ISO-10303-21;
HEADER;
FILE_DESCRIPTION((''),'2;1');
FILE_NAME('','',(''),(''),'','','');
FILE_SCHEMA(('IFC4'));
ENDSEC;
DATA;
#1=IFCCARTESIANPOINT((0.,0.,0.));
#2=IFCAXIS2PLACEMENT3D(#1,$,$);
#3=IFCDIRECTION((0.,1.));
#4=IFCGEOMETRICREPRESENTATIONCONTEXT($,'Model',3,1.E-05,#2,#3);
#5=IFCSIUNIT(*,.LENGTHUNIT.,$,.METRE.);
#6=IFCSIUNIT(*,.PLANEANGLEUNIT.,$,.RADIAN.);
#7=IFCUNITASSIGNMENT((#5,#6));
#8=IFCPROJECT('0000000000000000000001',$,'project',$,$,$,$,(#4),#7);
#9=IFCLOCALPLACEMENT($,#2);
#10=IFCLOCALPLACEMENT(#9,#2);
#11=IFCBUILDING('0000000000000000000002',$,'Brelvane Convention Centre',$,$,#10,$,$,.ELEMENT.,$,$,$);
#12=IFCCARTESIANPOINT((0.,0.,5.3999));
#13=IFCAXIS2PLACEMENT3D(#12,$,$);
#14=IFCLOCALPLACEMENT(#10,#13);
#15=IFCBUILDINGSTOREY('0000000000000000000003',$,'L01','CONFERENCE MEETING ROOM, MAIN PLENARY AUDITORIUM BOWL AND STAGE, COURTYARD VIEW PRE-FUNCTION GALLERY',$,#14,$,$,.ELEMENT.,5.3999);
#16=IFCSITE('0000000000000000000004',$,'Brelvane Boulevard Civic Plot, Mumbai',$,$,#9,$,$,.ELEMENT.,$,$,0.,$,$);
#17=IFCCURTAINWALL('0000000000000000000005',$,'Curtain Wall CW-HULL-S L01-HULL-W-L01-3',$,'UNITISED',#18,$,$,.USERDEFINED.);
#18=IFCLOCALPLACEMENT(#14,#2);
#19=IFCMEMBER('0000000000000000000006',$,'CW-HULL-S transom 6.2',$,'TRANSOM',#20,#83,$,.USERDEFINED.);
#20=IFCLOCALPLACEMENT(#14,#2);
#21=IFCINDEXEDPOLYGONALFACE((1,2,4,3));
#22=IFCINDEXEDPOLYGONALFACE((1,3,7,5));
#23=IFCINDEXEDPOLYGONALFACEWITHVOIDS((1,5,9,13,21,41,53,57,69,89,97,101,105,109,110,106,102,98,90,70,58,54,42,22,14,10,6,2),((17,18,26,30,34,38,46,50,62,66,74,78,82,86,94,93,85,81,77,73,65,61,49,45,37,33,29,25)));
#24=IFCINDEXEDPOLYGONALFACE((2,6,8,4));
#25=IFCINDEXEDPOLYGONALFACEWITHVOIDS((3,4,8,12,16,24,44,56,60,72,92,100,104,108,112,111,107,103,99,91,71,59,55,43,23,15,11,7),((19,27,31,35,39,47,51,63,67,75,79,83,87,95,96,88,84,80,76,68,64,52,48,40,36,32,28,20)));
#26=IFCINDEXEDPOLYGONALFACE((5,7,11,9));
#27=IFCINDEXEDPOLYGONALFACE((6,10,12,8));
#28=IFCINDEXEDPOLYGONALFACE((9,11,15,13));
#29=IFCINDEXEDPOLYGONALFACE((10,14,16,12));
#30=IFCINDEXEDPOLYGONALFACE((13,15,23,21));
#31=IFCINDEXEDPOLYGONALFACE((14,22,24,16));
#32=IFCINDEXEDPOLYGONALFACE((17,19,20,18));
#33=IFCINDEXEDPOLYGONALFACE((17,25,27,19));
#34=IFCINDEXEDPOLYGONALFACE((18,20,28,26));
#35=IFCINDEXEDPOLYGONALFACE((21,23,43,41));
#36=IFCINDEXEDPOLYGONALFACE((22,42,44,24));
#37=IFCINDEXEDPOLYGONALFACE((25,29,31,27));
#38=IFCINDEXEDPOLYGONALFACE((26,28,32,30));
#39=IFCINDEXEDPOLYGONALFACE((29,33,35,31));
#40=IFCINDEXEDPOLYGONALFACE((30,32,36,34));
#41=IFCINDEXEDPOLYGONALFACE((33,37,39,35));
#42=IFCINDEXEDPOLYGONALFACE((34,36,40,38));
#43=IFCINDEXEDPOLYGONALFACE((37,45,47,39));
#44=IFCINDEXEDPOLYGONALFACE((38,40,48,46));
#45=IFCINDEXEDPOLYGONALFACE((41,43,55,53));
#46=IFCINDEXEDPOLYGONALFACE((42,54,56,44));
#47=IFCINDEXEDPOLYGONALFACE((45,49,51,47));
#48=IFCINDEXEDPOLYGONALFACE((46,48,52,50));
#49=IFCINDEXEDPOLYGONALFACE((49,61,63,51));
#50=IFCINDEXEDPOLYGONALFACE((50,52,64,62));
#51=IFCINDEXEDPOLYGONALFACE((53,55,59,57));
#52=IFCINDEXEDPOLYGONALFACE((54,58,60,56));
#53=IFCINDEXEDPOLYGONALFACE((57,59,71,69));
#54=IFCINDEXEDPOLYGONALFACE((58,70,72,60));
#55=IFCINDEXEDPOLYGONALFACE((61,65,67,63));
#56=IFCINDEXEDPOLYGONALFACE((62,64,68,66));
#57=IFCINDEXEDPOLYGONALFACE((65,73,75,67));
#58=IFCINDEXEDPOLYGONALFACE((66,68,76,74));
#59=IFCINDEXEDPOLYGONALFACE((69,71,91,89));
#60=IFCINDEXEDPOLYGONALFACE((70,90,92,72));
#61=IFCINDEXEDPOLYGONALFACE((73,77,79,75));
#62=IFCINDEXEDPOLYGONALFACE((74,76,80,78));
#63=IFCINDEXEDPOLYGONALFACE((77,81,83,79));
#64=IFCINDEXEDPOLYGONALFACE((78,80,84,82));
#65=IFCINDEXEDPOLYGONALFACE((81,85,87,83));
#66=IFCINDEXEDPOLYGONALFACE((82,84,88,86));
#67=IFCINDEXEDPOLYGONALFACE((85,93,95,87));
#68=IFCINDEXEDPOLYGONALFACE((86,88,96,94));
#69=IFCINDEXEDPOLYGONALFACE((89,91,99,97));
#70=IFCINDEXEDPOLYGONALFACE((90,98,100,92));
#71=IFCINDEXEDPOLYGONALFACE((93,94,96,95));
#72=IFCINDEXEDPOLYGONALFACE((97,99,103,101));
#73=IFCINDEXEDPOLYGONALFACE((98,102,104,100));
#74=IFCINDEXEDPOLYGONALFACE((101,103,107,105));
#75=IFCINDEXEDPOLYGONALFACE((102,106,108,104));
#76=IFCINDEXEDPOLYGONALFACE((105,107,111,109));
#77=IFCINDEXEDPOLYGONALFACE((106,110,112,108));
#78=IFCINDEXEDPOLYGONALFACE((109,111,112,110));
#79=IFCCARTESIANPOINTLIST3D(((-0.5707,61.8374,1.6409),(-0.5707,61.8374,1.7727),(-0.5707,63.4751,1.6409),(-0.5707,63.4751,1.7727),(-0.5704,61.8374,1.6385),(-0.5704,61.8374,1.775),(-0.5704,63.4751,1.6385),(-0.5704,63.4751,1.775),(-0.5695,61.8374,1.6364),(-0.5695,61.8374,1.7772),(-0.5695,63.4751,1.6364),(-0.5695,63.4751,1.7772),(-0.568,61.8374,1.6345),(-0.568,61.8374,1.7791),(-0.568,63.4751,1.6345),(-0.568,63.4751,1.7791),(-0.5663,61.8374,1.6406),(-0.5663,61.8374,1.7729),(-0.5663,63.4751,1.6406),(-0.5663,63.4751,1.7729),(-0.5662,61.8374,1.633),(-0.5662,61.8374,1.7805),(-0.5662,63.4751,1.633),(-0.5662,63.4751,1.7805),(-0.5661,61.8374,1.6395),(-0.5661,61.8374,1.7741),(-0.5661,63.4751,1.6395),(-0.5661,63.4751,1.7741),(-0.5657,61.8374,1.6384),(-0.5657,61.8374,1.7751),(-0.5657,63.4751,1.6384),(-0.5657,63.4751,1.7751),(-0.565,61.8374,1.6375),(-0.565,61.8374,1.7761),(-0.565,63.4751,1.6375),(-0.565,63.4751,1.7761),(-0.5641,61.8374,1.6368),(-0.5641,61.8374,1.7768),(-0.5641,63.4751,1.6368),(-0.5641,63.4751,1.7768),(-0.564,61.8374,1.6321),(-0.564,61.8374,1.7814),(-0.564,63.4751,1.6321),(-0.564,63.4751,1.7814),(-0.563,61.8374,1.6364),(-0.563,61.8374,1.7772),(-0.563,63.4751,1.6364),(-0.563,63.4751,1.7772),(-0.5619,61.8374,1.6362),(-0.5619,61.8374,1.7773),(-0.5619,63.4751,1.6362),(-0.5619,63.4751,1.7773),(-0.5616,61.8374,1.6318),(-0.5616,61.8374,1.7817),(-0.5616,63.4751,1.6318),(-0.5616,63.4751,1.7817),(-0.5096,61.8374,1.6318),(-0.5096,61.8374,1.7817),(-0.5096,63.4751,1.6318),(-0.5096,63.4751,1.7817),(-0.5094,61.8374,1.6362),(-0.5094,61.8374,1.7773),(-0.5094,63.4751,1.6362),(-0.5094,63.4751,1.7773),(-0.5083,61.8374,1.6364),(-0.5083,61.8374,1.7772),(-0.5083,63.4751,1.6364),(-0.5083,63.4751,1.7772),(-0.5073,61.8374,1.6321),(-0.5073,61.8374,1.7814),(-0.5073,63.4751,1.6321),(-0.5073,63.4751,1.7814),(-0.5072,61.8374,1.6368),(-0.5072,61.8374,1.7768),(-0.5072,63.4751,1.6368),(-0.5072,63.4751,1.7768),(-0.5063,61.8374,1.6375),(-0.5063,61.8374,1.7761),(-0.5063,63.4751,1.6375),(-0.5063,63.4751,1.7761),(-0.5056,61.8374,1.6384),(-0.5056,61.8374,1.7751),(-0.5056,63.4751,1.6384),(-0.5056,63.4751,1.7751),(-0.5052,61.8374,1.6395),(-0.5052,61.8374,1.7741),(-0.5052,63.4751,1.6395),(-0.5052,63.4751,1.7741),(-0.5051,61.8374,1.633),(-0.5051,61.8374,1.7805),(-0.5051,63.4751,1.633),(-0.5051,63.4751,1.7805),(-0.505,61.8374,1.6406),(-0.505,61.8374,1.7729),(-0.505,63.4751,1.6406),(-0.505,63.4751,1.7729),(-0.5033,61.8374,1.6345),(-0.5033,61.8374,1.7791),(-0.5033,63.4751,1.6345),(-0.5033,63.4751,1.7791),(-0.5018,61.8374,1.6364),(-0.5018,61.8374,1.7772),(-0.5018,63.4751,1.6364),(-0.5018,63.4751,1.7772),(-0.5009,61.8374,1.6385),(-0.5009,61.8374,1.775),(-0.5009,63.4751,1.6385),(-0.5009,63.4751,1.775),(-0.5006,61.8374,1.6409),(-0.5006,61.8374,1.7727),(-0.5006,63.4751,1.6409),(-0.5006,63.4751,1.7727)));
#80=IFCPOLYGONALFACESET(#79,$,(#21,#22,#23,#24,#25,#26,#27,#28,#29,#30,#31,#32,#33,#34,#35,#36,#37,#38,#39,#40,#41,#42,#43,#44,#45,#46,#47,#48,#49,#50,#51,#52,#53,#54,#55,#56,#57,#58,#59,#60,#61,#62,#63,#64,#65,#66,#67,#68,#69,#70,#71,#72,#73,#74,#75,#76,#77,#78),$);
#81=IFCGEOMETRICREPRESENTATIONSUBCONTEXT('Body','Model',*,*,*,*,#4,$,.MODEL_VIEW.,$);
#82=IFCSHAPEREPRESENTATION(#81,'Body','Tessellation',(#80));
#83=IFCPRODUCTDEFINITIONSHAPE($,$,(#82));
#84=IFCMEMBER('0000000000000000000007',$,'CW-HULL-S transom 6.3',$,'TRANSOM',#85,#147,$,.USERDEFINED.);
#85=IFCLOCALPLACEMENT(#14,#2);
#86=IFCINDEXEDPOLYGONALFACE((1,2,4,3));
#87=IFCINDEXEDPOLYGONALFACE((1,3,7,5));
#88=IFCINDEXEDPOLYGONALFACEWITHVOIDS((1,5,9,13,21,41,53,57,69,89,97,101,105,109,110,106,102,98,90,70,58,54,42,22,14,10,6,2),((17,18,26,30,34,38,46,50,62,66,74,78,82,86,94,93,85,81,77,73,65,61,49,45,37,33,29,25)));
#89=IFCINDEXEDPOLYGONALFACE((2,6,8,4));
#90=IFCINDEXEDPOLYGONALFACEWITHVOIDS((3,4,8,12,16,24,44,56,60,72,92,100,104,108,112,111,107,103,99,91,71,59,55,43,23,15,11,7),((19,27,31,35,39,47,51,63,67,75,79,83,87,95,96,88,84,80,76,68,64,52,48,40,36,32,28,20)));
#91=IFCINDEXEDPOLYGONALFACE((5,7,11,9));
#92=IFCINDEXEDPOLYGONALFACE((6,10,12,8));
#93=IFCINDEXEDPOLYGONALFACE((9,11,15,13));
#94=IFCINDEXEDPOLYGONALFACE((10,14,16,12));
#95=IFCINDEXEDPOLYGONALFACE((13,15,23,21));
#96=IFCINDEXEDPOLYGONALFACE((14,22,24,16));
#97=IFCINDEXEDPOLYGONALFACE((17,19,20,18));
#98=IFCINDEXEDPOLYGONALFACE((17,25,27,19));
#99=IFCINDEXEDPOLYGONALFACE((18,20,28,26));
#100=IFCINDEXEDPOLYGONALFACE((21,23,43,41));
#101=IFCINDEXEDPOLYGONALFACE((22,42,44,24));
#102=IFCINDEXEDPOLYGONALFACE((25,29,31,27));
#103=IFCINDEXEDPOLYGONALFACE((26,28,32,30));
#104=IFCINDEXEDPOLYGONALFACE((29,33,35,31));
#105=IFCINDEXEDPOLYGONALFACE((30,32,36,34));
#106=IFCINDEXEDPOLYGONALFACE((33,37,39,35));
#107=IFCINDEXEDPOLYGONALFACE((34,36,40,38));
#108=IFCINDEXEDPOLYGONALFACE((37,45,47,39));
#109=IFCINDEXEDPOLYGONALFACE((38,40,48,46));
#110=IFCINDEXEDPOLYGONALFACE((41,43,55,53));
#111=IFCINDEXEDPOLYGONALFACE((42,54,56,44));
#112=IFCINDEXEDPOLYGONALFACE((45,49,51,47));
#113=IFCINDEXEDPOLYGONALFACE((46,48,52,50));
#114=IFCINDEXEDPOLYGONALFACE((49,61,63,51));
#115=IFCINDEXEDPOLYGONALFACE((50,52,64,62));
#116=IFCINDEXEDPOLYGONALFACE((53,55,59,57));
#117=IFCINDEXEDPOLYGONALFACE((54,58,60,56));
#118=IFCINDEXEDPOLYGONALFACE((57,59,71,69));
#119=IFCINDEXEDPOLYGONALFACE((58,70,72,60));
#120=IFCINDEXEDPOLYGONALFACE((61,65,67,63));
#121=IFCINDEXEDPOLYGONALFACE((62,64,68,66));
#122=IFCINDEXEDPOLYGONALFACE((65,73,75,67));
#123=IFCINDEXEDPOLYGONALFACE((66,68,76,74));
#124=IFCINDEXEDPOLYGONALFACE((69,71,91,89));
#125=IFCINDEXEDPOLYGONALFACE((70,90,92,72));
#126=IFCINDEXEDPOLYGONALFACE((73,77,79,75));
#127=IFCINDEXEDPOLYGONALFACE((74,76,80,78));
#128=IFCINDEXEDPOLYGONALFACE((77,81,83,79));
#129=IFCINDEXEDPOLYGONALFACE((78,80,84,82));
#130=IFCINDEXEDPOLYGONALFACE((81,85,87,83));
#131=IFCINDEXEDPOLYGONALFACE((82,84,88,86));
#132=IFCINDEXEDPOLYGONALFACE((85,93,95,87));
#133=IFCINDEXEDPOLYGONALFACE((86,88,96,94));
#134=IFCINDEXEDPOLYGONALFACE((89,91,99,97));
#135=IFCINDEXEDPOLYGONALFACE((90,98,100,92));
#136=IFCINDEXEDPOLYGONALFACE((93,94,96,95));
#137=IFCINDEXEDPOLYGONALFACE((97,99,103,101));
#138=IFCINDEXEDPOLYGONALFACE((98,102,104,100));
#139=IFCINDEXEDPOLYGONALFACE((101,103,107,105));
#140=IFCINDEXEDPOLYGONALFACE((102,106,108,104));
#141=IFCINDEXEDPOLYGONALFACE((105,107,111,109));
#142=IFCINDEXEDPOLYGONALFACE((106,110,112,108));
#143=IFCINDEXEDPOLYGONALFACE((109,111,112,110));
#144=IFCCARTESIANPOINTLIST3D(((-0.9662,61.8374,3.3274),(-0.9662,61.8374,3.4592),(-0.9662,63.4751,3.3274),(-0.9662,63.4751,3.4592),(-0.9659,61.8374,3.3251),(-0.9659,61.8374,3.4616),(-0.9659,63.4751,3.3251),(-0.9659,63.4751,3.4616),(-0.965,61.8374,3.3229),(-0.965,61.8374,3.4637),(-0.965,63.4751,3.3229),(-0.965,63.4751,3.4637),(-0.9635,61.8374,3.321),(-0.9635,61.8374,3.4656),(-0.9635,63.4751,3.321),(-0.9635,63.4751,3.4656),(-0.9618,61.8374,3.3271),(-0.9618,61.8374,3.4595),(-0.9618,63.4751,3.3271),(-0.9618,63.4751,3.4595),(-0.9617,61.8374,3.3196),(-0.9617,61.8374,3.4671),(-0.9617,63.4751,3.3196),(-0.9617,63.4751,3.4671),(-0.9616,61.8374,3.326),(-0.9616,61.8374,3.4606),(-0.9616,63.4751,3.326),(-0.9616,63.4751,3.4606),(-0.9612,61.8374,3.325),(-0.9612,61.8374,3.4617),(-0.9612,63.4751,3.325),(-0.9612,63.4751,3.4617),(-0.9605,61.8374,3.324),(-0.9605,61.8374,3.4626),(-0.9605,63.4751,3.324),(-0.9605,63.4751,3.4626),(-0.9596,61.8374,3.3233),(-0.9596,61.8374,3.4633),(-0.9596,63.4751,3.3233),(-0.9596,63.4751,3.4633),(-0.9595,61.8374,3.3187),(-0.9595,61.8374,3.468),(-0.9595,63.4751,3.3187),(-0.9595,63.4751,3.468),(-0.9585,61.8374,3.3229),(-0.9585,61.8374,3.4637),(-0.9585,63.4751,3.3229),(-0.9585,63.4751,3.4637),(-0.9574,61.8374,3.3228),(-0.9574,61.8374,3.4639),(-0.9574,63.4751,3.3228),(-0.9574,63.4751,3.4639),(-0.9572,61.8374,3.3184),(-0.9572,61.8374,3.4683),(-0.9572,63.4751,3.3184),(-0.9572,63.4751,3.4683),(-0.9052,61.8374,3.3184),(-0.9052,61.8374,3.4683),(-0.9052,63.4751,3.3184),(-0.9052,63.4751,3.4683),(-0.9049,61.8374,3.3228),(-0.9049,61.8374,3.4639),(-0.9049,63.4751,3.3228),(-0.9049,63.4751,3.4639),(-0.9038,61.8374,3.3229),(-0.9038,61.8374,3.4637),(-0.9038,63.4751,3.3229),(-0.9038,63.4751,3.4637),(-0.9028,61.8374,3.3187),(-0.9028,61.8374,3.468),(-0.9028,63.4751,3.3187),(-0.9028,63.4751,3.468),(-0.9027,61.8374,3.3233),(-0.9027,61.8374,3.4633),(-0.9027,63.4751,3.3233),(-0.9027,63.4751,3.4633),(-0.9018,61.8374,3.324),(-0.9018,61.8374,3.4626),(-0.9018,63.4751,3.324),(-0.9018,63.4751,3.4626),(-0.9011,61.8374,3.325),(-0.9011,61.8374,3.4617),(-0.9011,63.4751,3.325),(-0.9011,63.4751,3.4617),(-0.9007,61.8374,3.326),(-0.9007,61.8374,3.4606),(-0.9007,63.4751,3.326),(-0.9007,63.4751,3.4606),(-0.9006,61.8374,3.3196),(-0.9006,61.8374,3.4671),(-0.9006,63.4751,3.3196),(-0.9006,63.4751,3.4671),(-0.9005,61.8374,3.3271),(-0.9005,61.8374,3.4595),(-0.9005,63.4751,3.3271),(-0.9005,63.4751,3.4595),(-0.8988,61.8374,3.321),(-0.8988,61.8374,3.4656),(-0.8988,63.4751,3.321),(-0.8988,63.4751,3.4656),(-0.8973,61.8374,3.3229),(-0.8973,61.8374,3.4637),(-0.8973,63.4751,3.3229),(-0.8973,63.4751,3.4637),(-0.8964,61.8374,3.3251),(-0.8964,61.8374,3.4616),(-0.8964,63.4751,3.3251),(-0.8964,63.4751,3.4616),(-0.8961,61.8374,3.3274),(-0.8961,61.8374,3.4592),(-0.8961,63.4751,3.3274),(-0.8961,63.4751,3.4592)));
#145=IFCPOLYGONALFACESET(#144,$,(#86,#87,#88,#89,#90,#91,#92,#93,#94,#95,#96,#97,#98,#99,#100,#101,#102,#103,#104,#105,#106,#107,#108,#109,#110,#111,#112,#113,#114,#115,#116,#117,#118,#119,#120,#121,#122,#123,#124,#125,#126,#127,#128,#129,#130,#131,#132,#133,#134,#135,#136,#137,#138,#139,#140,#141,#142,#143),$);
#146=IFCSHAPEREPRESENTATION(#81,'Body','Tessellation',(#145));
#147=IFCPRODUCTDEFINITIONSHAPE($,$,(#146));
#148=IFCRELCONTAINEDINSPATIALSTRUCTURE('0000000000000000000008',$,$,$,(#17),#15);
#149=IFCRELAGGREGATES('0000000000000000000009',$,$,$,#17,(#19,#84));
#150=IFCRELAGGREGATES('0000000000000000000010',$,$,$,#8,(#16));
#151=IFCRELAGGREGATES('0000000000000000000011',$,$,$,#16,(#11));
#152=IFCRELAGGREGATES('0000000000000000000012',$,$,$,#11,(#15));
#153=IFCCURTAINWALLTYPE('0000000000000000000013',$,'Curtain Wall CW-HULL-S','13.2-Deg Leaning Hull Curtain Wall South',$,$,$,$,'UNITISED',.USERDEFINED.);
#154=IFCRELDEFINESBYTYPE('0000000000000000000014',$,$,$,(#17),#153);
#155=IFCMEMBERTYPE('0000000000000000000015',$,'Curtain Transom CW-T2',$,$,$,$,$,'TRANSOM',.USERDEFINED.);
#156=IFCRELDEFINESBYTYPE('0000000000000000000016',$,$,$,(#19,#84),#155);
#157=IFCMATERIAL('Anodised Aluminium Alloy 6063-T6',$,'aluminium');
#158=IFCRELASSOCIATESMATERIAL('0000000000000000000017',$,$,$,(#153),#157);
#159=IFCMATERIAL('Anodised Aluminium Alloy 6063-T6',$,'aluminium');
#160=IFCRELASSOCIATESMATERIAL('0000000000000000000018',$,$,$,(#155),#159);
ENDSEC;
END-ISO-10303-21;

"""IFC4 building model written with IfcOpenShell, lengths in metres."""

from ifc_helpers import new_model, si_unit, direction, frame, origin, origin_2d, place, context, subcontext, project, spatial, hollow_rectangle, extrude, material, material_profile, profile_set, type_object, element, aggregate, save


model = new_model("IFC4")

# Units and contexts
model_context = context("Model", 3, precision=1e-05, world=origin(), true_north=direction((0.0, 1.0)))
body_context = subcontext(model_context, "Body", "Model", "MODEL_VIEW")
ifc_project = project(units=[si_unit("LENGTHUNIT", "METRE"), si_unit("PLANEANGLEUNIT", "RADIAN")], contexts=[model_context])

# Site, building, storey
site_placement = place(None, origin())
site = spatial("IfcSite", under=ifc_project, at=site_placement, Name="Brelvane Boulevard Civic Plot, Mumbai", CompositionType="ELEMENT", RefElevation=0.0)
building_placement = place(site_placement, origin())
building = spatial("IfcBuilding", under=site, at=building_placement, Name="Brelvane Convention Centre", CompositionType="ELEMENT")
storey_placement = place(building_placement, frame((0.0, 0.0, 5.3999)))
storey = spatial("IfcBuildingStorey", under=building, at=storey_placement, Name="L01", Description="CONFERENCE MEETING ROOM, MAIN PLENARY AUDITORIUM BOWL AND STAGE, COURTYARD VIEW PRE-FUNCTION GALLERY", CompositionType="ELEMENT", Elevation=5.3999)

# Curtain wall
ifc_material_1 = material(Name="Anodised Aluminium Alloy 6063-T6", Category="aluminium")
curtain_wall_type = type_object("IfcCurtainWallType", Name="Curtain Wall CW-HULL-S", Description="13.2-Deg Leaning Hull Curtain Wall South", ElementType="UNITISED", PredefinedType="USERDEFINED", material=ifc_material_1)
curtain_wall_1_placement = place(storey_placement, origin())
curtain_wall_1 = element("IfcCurtainWall", 1, at=curtain_wall_1_placement, inside=storey, type_object=curtain_wall_type, Name="Curtain Wall CW-HULL-S L01-HULL-W-L01-3", ObjectType="UNITISED", PredefinedType="USERDEFINED")

# Members
ifc_material_2 = material(Name="Anodised Aluminium Alloy 6063-T6", Category="aluminium")
ifc_material_profile_1 = material_profile(ifc_material_2, hollow_rectangle(XDim=0.0701, YDim=0.1499, WallThickness=0.0044, InnerFilletRadius=0.0044, OuterFilletRadius=0.009, at=origin_2d()), Name="ALU-T 150x70x4.5")
ifc_profile_set_1 = profile_set([ifc_material_profile_1], Name="Anodised Aluminium Alloy 6063-T6")
member_type_1 = type_object("IfcMemberType", Name="Curtain Transom CW-T2", ElementType="TRANSOM", PredefinedType="USERDEFINED", material=ifc_profile_set_1)
member_1_placement = place(storey_placement, frame((-0.5356, 61.8374, 1.7068), z_axis=(0.0, 1.0, 0.0), x_axis=(-1.0, 0.0, 0.0)))
member_1 = element("IfcMember", 2, at=member_1_placement, type_object=member_type_1, Name="CW-HULL-S transom 6.2", ObjectType="TRANSOM", PredefinedType="USERDEFINED", context=body_context, shape_type="SweptSolid", body=[
    extrude(hollow_rectangle(XDim=0.0701, YDim=0.1499, WallThickness=0.0044, InnerFilletRadius=0.0044, OuterFilletRadius=0.009, at=origin_2d()), origin(), (0.0, 0.0, 1.0), 1.6377),
])
member_2_placement = place(storey_placement, frame((-0.9312, 61.8374, 3.3933), z_axis=(0.0, 1.0, 0.0), x_axis=(-1.0, 0.0, 0.0)))
member_2 = element("IfcMember", 3, at=member_2_placement, type_object=member_type_1, Name="CW-HULL-S transom 6.3", ObjectType="TRANSOM", PredefinedType="USERDEFINED", context=body_context, shape_type="SweptSolid", body=[
    extrude(hollow_rectangle(XDim=0.0701, YDim=0.1499, WallThickness=0.0044, InnerFilletRadius=0.0044, OuterFilletRadius=0.009, at=origin_2d()), origin(), (0.0, 0.0, 1.0), 1.6377),
])

aggregate(curtain_wall_1, [member_1, member_2])

save(model, "model.ifc")
